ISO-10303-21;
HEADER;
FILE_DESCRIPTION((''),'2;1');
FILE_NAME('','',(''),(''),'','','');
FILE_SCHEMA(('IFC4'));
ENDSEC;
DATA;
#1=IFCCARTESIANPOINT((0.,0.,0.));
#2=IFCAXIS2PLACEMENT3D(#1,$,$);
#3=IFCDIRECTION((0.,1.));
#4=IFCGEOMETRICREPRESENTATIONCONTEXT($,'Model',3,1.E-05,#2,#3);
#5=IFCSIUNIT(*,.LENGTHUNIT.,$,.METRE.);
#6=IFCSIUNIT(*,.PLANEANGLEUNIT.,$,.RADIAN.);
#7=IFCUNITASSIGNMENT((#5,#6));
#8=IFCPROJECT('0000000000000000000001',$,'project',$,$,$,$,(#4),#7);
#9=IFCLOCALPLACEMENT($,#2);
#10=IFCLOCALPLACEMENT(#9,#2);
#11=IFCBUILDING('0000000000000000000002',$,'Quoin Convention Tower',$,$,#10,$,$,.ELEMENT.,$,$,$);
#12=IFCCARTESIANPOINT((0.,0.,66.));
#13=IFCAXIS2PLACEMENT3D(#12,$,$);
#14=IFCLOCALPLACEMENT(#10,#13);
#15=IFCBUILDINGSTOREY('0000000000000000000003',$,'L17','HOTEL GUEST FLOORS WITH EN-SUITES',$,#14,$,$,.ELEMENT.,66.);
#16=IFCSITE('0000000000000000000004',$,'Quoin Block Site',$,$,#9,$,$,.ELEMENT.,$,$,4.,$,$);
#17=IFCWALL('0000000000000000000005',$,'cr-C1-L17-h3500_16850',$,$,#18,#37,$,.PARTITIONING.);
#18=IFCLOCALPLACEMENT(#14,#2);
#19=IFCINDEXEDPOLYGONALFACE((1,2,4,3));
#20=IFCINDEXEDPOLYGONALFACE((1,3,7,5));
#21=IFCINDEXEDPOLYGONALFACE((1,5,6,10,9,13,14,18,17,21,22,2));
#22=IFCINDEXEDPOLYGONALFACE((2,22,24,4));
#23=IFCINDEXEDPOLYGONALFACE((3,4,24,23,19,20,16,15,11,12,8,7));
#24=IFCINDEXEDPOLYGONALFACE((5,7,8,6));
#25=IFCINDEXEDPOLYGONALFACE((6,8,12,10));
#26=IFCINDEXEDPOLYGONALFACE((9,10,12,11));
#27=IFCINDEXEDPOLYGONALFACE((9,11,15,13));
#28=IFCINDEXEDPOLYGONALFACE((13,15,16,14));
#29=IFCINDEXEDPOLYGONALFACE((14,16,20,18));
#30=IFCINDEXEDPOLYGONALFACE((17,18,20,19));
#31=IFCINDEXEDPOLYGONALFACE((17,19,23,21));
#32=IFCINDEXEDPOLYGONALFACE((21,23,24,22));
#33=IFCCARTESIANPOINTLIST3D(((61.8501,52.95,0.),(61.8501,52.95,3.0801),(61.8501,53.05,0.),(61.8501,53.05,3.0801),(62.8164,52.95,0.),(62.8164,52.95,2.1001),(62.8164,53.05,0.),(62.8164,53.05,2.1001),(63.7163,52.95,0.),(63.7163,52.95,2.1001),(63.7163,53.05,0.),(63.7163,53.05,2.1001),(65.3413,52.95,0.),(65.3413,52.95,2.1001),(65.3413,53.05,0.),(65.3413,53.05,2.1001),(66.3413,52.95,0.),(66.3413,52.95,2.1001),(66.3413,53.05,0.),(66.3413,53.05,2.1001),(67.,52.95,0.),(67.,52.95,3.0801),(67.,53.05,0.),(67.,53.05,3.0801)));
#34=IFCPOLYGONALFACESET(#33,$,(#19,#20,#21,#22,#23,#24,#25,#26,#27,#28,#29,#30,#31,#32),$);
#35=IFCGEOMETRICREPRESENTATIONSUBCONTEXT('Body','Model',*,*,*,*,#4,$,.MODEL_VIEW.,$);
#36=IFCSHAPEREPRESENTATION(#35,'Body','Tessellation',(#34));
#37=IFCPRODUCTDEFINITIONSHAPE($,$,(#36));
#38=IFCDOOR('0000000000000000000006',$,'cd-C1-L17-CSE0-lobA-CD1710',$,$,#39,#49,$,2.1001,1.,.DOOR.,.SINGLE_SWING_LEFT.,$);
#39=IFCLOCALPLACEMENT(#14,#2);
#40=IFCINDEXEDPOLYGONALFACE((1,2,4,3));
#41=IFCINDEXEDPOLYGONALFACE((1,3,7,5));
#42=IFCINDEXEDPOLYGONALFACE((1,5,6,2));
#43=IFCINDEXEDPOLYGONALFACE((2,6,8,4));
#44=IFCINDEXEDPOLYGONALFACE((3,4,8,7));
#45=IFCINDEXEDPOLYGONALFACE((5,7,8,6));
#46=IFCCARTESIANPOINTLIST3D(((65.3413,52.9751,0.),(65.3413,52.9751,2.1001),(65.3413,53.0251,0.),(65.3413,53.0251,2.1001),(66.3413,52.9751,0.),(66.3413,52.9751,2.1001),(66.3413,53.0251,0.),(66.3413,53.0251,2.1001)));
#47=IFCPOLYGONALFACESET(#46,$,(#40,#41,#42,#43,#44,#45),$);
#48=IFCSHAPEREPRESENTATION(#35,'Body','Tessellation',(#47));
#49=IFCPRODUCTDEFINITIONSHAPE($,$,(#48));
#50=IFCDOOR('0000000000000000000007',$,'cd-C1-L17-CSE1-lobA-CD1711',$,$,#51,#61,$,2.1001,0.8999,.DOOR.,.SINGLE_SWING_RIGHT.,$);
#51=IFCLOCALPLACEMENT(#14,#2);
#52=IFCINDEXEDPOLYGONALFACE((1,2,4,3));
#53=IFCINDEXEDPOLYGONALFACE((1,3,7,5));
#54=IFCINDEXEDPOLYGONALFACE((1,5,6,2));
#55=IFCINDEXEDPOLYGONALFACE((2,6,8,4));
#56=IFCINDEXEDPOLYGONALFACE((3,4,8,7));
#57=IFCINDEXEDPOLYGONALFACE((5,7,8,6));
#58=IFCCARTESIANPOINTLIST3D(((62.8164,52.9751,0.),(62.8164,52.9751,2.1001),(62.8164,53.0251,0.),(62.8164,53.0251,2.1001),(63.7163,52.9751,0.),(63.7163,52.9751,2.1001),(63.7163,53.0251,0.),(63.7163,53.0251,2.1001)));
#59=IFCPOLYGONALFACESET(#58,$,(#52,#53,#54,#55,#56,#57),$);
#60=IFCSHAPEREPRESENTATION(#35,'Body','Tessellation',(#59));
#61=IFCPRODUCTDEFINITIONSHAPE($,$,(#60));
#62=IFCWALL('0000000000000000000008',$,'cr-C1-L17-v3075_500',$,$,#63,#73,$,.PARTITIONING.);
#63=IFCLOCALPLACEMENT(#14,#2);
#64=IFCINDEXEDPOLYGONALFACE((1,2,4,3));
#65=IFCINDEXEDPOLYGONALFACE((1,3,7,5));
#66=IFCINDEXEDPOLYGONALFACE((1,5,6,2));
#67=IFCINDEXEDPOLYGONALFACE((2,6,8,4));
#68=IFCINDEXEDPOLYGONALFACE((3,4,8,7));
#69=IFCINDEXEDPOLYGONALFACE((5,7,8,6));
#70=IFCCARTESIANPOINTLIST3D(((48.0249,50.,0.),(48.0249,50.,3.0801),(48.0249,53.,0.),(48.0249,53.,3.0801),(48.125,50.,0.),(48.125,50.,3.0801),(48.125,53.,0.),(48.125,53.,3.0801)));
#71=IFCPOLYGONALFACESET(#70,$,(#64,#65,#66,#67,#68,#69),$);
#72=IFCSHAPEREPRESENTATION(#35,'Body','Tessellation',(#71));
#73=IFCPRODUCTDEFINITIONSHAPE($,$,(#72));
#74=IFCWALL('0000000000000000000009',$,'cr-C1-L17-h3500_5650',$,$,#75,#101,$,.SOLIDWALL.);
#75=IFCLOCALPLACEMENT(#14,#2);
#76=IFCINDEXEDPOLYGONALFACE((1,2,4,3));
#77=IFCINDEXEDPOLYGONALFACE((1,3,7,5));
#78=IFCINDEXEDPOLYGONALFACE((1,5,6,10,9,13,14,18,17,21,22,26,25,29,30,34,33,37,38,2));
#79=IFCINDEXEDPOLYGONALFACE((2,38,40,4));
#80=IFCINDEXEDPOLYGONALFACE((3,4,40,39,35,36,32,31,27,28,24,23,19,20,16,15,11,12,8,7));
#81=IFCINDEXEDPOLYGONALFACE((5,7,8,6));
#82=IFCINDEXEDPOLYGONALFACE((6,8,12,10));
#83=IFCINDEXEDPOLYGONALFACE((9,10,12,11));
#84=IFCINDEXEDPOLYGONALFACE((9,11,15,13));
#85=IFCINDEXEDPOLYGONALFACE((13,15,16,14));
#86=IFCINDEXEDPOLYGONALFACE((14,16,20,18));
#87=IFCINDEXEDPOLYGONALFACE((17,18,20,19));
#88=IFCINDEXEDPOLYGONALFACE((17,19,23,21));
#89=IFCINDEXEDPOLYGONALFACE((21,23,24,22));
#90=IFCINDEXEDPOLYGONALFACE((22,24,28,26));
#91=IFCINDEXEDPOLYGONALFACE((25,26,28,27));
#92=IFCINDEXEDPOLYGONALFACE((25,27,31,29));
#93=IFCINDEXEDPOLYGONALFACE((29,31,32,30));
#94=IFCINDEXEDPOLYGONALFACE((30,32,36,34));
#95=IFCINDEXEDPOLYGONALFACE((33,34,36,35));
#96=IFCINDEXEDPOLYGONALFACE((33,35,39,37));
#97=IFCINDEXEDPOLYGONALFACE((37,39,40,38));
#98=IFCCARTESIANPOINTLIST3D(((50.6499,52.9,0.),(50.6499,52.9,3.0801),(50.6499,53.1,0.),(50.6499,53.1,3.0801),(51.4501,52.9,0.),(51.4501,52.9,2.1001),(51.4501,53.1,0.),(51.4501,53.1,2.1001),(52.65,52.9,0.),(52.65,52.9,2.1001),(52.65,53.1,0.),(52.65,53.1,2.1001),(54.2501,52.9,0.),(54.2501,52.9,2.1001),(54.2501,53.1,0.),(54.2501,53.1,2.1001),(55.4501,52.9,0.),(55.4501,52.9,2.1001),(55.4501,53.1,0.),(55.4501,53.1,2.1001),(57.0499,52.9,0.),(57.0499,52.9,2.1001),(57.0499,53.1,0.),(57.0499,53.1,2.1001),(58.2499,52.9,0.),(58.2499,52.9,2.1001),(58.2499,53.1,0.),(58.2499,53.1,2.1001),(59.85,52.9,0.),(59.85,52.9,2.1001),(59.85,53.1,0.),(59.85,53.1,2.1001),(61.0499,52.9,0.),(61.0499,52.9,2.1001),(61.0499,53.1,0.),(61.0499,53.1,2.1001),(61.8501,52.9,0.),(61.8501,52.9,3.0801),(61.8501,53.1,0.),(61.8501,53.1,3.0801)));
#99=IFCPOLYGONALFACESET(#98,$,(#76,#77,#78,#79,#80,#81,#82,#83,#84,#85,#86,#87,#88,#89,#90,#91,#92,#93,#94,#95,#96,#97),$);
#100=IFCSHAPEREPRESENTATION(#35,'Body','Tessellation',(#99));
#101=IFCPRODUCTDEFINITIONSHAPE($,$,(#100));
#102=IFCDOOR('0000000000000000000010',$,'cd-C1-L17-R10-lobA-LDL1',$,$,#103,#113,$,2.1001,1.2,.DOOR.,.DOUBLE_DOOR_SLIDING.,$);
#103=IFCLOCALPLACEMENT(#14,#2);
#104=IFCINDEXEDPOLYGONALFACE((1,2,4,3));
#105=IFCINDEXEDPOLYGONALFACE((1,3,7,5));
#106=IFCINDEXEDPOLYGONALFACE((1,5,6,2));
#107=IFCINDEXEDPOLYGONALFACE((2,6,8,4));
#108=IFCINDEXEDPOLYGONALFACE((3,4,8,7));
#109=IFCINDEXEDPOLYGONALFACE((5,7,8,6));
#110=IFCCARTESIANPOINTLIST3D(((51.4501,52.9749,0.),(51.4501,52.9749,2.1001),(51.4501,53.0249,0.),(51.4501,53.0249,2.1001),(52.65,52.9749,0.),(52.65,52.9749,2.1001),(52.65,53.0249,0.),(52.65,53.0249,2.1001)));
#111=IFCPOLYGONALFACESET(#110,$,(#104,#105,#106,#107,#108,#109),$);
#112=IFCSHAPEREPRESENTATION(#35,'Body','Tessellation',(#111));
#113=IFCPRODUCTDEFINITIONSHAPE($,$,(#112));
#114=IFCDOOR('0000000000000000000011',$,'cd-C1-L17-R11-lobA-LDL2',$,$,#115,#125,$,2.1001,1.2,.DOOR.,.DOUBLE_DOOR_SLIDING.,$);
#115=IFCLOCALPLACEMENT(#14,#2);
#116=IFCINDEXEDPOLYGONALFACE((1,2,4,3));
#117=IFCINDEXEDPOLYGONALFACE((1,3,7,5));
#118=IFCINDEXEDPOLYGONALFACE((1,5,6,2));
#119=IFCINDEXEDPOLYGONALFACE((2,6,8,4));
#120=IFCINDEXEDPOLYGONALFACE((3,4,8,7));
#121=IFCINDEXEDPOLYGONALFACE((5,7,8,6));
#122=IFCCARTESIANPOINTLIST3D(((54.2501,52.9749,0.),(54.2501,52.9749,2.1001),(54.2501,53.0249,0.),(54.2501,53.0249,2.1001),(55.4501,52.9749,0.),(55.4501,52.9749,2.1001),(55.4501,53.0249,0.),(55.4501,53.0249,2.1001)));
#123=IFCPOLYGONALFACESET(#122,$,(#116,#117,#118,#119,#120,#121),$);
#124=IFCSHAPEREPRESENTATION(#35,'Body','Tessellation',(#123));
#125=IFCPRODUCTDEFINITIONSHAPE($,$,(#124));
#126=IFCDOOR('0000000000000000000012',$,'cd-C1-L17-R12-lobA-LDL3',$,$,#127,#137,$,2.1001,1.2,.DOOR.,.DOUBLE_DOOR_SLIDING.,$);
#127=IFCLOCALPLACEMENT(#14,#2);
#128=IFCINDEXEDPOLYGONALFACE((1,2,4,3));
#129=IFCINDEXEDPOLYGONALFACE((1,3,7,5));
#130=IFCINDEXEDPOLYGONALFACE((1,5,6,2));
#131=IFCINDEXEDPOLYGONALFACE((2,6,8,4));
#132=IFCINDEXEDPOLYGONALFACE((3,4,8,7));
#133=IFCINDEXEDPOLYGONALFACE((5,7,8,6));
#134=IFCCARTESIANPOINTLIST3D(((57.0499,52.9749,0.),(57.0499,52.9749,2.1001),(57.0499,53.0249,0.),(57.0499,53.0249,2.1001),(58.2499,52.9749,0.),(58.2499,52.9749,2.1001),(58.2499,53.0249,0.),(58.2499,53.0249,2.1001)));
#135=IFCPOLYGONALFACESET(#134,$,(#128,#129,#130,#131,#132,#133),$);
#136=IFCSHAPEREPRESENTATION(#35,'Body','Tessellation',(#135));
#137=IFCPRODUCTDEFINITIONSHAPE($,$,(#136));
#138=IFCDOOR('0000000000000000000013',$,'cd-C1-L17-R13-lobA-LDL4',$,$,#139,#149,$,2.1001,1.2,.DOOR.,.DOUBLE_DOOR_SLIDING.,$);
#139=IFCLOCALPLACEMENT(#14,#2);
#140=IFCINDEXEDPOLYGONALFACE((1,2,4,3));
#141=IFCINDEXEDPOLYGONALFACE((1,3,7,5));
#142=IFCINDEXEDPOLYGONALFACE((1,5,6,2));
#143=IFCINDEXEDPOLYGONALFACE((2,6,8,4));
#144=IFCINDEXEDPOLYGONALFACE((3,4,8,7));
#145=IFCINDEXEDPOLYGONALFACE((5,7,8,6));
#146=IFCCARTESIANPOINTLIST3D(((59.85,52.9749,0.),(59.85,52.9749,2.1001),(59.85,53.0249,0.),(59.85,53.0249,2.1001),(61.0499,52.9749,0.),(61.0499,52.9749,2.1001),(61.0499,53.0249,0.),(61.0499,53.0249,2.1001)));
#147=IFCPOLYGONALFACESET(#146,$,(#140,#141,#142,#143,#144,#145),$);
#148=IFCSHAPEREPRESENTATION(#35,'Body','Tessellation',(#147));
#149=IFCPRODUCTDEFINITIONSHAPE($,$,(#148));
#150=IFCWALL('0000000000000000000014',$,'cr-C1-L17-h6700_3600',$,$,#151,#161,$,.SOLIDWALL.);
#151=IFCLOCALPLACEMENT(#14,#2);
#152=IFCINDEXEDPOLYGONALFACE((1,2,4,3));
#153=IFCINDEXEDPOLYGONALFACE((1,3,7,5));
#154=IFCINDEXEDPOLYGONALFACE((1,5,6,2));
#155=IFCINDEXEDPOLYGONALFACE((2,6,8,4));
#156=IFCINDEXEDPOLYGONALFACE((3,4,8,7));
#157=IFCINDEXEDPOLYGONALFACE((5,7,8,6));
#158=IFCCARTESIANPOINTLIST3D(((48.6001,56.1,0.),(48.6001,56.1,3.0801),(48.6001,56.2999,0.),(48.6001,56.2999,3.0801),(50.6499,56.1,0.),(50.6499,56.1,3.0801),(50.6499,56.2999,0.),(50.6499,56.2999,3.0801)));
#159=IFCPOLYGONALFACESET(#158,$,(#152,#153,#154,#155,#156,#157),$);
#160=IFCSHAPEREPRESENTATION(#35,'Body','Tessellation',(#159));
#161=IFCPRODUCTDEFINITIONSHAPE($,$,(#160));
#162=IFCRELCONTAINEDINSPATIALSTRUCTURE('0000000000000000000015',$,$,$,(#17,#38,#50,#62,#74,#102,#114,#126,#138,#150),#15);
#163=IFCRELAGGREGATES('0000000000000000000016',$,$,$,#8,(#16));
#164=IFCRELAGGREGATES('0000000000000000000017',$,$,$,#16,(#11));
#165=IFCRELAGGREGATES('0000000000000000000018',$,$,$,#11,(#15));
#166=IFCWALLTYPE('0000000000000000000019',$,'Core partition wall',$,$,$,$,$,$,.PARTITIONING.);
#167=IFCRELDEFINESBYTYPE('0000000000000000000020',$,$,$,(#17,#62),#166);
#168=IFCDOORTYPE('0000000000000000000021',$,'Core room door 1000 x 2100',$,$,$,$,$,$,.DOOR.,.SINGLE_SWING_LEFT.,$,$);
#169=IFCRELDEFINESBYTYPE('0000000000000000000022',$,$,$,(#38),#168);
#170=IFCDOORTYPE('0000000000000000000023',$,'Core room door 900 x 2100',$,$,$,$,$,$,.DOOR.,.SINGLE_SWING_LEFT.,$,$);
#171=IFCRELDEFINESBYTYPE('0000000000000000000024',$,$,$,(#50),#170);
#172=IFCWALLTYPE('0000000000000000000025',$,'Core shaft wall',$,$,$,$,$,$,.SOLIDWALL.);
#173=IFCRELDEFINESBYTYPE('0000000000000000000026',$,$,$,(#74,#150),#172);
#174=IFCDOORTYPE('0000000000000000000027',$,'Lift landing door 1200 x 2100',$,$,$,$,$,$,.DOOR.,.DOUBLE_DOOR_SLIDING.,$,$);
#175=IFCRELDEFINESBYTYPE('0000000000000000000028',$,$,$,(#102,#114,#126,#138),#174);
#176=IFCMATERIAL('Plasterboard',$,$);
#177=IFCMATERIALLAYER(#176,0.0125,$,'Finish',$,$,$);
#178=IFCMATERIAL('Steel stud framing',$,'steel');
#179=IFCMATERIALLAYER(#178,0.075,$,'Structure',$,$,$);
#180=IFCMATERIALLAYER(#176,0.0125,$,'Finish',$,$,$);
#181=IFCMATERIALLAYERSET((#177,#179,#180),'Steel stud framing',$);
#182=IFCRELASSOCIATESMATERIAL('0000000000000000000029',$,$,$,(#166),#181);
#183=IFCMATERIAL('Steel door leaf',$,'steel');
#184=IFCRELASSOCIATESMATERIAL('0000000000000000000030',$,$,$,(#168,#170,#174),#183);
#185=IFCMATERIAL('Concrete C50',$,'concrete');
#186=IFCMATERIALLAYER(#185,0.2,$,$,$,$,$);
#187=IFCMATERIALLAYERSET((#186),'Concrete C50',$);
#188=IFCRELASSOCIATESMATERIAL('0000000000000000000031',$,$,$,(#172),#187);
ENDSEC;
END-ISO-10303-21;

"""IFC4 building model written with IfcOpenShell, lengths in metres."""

from ifc_helpers import new_model, si_unit, direction, frame, frame_2d, origin, place, context, subcontext, project, spatial, rectangle, extrude, material, layer, layer_set, type_object, element, fill, save


model = new_model("IFC4")

# Units and contexts
model_context = context("Model", 3, precision=1e-05, world=origin(), true_north=direction((0.0, 1.0)))
body_context = subcontext(model_context, "Body", "Model", "MODEL_VIEW")
ifc_project = project(units=[si_unit("LENGTHUNIT", "METRE"), si_unit("PLANEANGLEUNIT", "RADIAN")], contexts=[model_context])

# Site, building, storey
site_placement = place(None, origin())
site = spatial("IfcSite", under=ifc_project, at=site_placement, Name="Quoin Block Site", CompositionType="ELEMENT", RefElevation=4.0)
building_placement = place(site_placement, origin())
building = spatial("IfcBuilding", under=site, at=building_placement, Name="Quoin Convention Tower", CompositionType="ELEMENT")
storey_placement = place(building_placement, frame((0.0, 0.0, 66.0)))
storey = spatial("IfcBuildingStorey", under=building, at=storey_placement, Name="L17", Description="HOTEL GUEST FLOORS WITH EN-SUITES", CompositionType="ELEMENT", Elevation=66.0)

# Wall, openings, doors
ifc_material_1 = material(Name="Plasterboard")
ifc_layer_1 = layer(ifc_material_1, 0.0125, Name="Finish")
ifc_material_2 = material(Name="Steel stud framing", Category="steel")
ifc_layer_2 = layer(ifc_material_2, 0.075, Name="Structure")
ifc_layer_3 = layer(ifc_material_1, 0.0125, Name="Finish")
ifc_layer_set_1 = layer_set([ifc_layer_1, ifc_layer_2, ifc_layer_3], Name="Steel stud framing")
wall_type_1 = type_object("IfcWallType", Name="Core partition wall", PredefinedType="PARTITIONING", material=ifc_layer_set_1)
wall_1_placement = place(storey_placement, frame((61.8501, 53.0, 0.0), z_axis=(0.0, 0.0, 1.0), x_axis=(1.0, 0.0, 0.0)))
wall_1 = element("IfcWall", 1, at=wall_1_placement, inside=storey, type_object=wall_type_1, Name="cr-C1-L17-h3500_16850", PredefinedType="PARTITIONING", context=body_context, shape_type="SweptSolid", body=[
    extrude(rectangle(XDim=5.1499, YDim=0.1001, at=frame_2d((2.575, 0.0))), origin(), (0.0, 0.0, 1.0), 3.0801),
])
opening_1_placement = place(wall_1_placement, frame((3.4912, 0.0, 0.0)))
opening_1 = element("IfcOpeningElement", 2, at=opening_1_placement, cuts=wall_1, PredefinedType="OPENING", context=body_context, shape_type="SweptSolid", body=[
    extrude(rectangle(XDim=1.0, YDim=2.1001, at=frame_2d((0.5, 1.05))), frame((0.0, 0.0601, 0.0), z_axis=(0.0, -1.0, 0.0), x_axis=(1.0, 0.0, 0.0)), (0.0, 0.0, 1.0), 0.1201),
])
opening_2_placement = place(wall_1_placement, frame((0.9663, 0.0, 0.0)))
opening_2 = element("IfcOpeningElement", 3, at=opening_2_placement, cuts=wall_1, PredefinedType="OPENING", context=body_context, shape_type="SweptSolid", body=[
    extrude(rectangle(XDim=0.8999, YDim=2.1001, at=frame_2d((0.45, 1.05))), frame((0.0, 0.0601, 0.0), z_axis=(0.0, -1.0, 0.0), x_axis=(1.0, 0.0, 0.0)), (0.0, 0.0, 1.0), 0.1201),
])
ifc_material_3 = material(Name="Steel door leaf", Category="steel")
door_type_1 = type_object("IfcDoorType", Name="Core room door 1000 x 2100", OperationType="SINGLE_SWING_LEFT", PredefinedType="DOOR", material=ifc_material_3)
door_1_placement = place(opening_1_placement, frame((1.0, 0.0, 0.0), z_axis=(0.0, 0.0, 1.0), x_axis=(-1.0, 0.0, 0.0)))
door_1 = element("IfcDoor", 4, at=door_1_placement, inside=storey, type_object=door_type_1, Name="cd-C1-L17-CSE0-lobA-CD1710", OperationType="SINGLE_SWING_LEFT", OverallHeight=2.1001, OverallWidth=1.0, PredefinedType="DOOR", context=body_context, shape_type="SweptSolid", body=[
    extrude(rectangle(XDim=1.0, YDim=2.1001, at=frame_2d((0.5, 1.05))), frame((0.0, 0.0249, 0.0), z_axis=(0.0, -1.0, 0.0), x_axis=(1.0, 0.0, 0.0)), (0.0, 0.0, 1.0), 0.05),
])
fill(opening_1, door_1)
door_type_2 = type_object("IfcDoorType", Name="Core room door 900 x 2100", OperationType="SINGLE_SWING_LEFT", PredefinedType="DOOR", material=ifc_material_3)
door_2_placement = place(opening_2_placement, frame((0.8999, 0.0, 0.0), z_axis=(0.0, 0.0, 1.0), x_axis=(-1.0, 0.0, 0.0)))
door_2 = element("IfcDoor", 5, at=door_2_placement, inside=storey, type_object=door_type_2, Name="cd-C1-L17-CSE1-lobA-CD1711", OperationType="SINGLE_SWING_RIGHT", OverallHeight=2.1001, OverallWidth=0.8999, PredefinedType="DOOR", context=body_context, shape_type="SweptSolid", body=[
    extrude(rectangle(XDim=0.8999, YDim=2.1001, at=frame_2d((0.45, 1.05))), frame((0.0, 0.0249, 0.0), z_axis=(0.0, -1.0, 0.0), x_axis=(1.0, 0.0, 0.0)), (0.0, 0.0, 1.0), 0.05),
])
fill(opening_2, door_2)

# Wall
wall_2_placement = place(storey_placement, frame((48.075, 50.0, 0.0), z_axis=(0.0, 0.0, 1.0), x_axis=(0.0, 1.0, 0.0)))
element("IfcWall", 6, at=wall_2_placement, inside=storey, type_object=wall_type_1, Name="cr-C1-L17-v3075_500", PredefinedType="PARTITIONING", context=body_context, shape_type="SweptSolid", body=[
    extrude(rectangle(XDim=3.0, YDim=0.1001, at=frame_2d((1.5, 0.0))), origin(), (0.0, 0.0, 1.0), 3.0801),
])

# Wall, openings, doors
ifc_material_4 = material(Name="Concrete C50", Category="concrete")
ifc_layer_4 = layer(ifc_material_4, 0.2)
ifc_layer_set_2 = layer_set([ifc_layer_4], Name="Concrete C50")
wall_type_2 = type_object("IfcWallType", Name="Core shaft wall", PredefinedType="SOLIDWALL", material=ifc_layer_set_2)
wall_3_placement = place(storey_placement, frame((50.6499, 53.0, 0.0), z_axis=(0.0, 0.0, 1.0), x_axis=(1.0, 0.0, 0.0)))
wall_3 = element("IfcWall", 7, at=wall_3_placement, inside=storey, type_object=wall_type_2, Name="cr-C1-L17-h3500_5650", PredefinedType="SOLIDWALL", context=body_context, shape_type="SweptSolid", body=[
    extrude(rectangle(XDim=11.2002, YDim=0.2, at=frame_2d((5.6001, 0.0))), origin(), (0.0, 0.0, 1.0), 3.0801),
])
opening_3_placement = place(wall_3_placement, frame((0.8, 0.0, 0.0)))
opening_3 = element("IfcOpeningElement", 8, at=opening_3_placement, cuts=wall_3, PredefinedType="OPENING", context=body_context, shape_type="SweptSolid", body=[
    extrude(rectangle(XDim=1.2, YDim=2.1001, at=frame_2d((0.6001, 1.05))), frame((0.0, 0.1099, 0.0), z_axis=(0.0, -1.0, 0.0), x_axis=(1.0, 0.0, 0.0)), (0.0, 0.0, 1.0), 0.22),
])
opening_4_placement = place(wall_3_placement, frame((3.6001, 0.0, 0.0)))
opening_4 = element("IfcOpeningElement", 9, at=opening_4_placement, cuts=wall_3, PredefinedType="OPENING", context=body_context, shape_type="SweptSolid", body=[
    extrude(rectangle(XDim=1.2, YDim=2.1001, at=frame_2d((0.6001, 1.05))), frame((0.0, 0.1099, 0.0), z_axis=(0.0, -1.0, 0.0), x_axis=(1.0, 0.0, 0.0)), (0.0, 0.0, 1.0), 0.22),
])
opening_5_placement = place(wall_3_placement, frame((6.3999, 0.0, 0.0)))
opening_5 = element("IfcOpeningElement", 10, at=opening_5_placement, cuts=wall_3, PredefinedType="OPENING", context=body_context, shape_type="SweptSolid", body=[
    extrude(rectangle(XDim=1.2, YDim=2.1001, at=frame_2d((0.6001, 1.05))), frame((0.0, 0.1099, 0.0), z_axis=(0.0, -1.0, 0.0), x_axis=(1.0, 0.0, 0.0)), (0.0, 0.0, 1.0), 0.22),
])
opening_6_placement = place(wall_3_placement, frame((9.2, 0.0, 0.0)))
opening_6 = element("IfcOpeningElement", 11, at=opening_6_placement, cuts=wall_3, PredefinedType="OPENING", context=body_context, shape_type="SweptSolid", body=[
    extrude(rectangle(XDim=1.2, YDim=2.1001, at=frame_2d((0.6001, 1.05))), frame((0.0, 0.1099, 0.0), z_axis=(0.0, -1.0, 0.0), x_axis=(1.0, 0.0, 0.0)), (0.0, 0.0, 1.0), 0.22),
])
door_type_3 = type_object("IfcDoorType", Name="Lift landing door 1200 x 2100", OperationType="DOUBLE_DOOR_SLIDING", PredefinedType="DOOR", material=ifc_material_3)
door_3_placement = place(opening_3_placement, origin())
door_3 = element("IfcDoor", 12, at=door_3_placement, inside=storey, type_object=door_type_3, Name="cd-C1-L17-R10-lobA-LDL1", OperationType="DOUBLE_DOOR_SLIDING", OverallHeight=2.1001, OverallWidth=1.2, PredefinedType="DOOR", context=body_context, shape_type="SweptSolid", body=[
    extrude(rectangle(XDim=1.2, YDim=2.1001, at=frame_2d((0.6001, 1.05))), frame((0.0, 0.0249, 0.0), z_axis=(0.0, -1.0, 0.0), x_axis=(1.0, 0.0, 0.0)), (0.0, 0.0, 1.0), 0.05),
])
fill(opening_3, door_3)
door_4_placement = place(opening_4_placement, origin())
door_4 = element("IfcDoor", 13, at=door_4_placement, inside=storey, type_object=door_type_3, Name="cd-C1-L17-R11-lobA-LDL2", OperationType="DOUBLE_DOOR_SLIDING", OverallHeight=2.1001, OverallWidth=1.2, PredefinedType="DOOR", context=body_context, shape_type="SweptSolid", body=[
    extrude(rectangle(XDim=1.2, YDim=2.1001, at=frame_2d((0.6001, 1.05))), frame((0.0, 0.0249, 0.0), z_axis=(0.0, -1.0, 0.0), x_axis=(1.0, 0.0, 0.0)), (0.0, 0.0, 1.0), 0.05),
])
fill(opening_4, door_4)
door_5_placement = place(opening_5_placement, origin())
door_5 = element("IfcDoor", 14, at=door_5_placement, inside=storey, type_object=door_type_3, Name="cd-C1-L17-R12-lobA-LDL3", OperationType="DOUBLE_DOOR_SLIDING", OverallHeight=2.1001, OverallWidth=1.2, PredefinedType="DOOR", context=body_context, shape_type="SweptSolid", body=[
    extrude(rectangle(XDim=1.2, YDim=2.1001, at=frame_2d((0.6001, 1.05))), frame((0.0, 0.0249, 0.0), z_axis=(0.0, -1.0, 0.0), x_axis=(1.0, 0.0, 0.0)), (0.0, 0.0, 1.0), 0.05),
])
fill(opening_5, door_5)
door_6_placement = place(opening_6_placement, origin())
door_6 = element("IfcDoor", 15, at=door_6_placement, inside=storey, type_object=door_type_3, Name="cd-C1-L17-R13-lobA-LDL4", OperationType="DOUBLE_DOOR_SLIDING", OverallHeight=2.1001, OverallWidth=1.2, PredefinedType="DOOR", context=body_context, shape_type="SweptSolid", body=[
    extrude(rectangle(XDim=1.2, YDim=2.1001, at=frame_2d((0.6001, 1.05))), frame((0.0, 0.0249, 0.0), z_axis=(0.0, -1.0, 0.0), x_axis=(1.0, 0.0, 0.0)), (0.0, 0.0, 1.0), 0.05),
])
fill(opening_6, door_6)

# Wall
wall_4_placement = place(storey_placement, frame((48.6001, 56.2, 0.0), z_axis=(0.0, 0.0, 1.0), x_axis=(1.0, 0.0, 0.0)))
element("IfcWall", 16, at=wall_4_placement, inside=storey, type_object=wall_type_2, Name="cr-C1-L17-h6700_3600", PredefinedType="SOLIDWALL", context=body_context, shape_type="SweptSolid", body=[
    extrude(rectangle(XDim=2.0498, YDim=0.2, at=frame_2d((1.0249, 0.0))), origin(), (0.0, 0.0, 1.0), 3.0801),
])

save(model, "model.ifc")
